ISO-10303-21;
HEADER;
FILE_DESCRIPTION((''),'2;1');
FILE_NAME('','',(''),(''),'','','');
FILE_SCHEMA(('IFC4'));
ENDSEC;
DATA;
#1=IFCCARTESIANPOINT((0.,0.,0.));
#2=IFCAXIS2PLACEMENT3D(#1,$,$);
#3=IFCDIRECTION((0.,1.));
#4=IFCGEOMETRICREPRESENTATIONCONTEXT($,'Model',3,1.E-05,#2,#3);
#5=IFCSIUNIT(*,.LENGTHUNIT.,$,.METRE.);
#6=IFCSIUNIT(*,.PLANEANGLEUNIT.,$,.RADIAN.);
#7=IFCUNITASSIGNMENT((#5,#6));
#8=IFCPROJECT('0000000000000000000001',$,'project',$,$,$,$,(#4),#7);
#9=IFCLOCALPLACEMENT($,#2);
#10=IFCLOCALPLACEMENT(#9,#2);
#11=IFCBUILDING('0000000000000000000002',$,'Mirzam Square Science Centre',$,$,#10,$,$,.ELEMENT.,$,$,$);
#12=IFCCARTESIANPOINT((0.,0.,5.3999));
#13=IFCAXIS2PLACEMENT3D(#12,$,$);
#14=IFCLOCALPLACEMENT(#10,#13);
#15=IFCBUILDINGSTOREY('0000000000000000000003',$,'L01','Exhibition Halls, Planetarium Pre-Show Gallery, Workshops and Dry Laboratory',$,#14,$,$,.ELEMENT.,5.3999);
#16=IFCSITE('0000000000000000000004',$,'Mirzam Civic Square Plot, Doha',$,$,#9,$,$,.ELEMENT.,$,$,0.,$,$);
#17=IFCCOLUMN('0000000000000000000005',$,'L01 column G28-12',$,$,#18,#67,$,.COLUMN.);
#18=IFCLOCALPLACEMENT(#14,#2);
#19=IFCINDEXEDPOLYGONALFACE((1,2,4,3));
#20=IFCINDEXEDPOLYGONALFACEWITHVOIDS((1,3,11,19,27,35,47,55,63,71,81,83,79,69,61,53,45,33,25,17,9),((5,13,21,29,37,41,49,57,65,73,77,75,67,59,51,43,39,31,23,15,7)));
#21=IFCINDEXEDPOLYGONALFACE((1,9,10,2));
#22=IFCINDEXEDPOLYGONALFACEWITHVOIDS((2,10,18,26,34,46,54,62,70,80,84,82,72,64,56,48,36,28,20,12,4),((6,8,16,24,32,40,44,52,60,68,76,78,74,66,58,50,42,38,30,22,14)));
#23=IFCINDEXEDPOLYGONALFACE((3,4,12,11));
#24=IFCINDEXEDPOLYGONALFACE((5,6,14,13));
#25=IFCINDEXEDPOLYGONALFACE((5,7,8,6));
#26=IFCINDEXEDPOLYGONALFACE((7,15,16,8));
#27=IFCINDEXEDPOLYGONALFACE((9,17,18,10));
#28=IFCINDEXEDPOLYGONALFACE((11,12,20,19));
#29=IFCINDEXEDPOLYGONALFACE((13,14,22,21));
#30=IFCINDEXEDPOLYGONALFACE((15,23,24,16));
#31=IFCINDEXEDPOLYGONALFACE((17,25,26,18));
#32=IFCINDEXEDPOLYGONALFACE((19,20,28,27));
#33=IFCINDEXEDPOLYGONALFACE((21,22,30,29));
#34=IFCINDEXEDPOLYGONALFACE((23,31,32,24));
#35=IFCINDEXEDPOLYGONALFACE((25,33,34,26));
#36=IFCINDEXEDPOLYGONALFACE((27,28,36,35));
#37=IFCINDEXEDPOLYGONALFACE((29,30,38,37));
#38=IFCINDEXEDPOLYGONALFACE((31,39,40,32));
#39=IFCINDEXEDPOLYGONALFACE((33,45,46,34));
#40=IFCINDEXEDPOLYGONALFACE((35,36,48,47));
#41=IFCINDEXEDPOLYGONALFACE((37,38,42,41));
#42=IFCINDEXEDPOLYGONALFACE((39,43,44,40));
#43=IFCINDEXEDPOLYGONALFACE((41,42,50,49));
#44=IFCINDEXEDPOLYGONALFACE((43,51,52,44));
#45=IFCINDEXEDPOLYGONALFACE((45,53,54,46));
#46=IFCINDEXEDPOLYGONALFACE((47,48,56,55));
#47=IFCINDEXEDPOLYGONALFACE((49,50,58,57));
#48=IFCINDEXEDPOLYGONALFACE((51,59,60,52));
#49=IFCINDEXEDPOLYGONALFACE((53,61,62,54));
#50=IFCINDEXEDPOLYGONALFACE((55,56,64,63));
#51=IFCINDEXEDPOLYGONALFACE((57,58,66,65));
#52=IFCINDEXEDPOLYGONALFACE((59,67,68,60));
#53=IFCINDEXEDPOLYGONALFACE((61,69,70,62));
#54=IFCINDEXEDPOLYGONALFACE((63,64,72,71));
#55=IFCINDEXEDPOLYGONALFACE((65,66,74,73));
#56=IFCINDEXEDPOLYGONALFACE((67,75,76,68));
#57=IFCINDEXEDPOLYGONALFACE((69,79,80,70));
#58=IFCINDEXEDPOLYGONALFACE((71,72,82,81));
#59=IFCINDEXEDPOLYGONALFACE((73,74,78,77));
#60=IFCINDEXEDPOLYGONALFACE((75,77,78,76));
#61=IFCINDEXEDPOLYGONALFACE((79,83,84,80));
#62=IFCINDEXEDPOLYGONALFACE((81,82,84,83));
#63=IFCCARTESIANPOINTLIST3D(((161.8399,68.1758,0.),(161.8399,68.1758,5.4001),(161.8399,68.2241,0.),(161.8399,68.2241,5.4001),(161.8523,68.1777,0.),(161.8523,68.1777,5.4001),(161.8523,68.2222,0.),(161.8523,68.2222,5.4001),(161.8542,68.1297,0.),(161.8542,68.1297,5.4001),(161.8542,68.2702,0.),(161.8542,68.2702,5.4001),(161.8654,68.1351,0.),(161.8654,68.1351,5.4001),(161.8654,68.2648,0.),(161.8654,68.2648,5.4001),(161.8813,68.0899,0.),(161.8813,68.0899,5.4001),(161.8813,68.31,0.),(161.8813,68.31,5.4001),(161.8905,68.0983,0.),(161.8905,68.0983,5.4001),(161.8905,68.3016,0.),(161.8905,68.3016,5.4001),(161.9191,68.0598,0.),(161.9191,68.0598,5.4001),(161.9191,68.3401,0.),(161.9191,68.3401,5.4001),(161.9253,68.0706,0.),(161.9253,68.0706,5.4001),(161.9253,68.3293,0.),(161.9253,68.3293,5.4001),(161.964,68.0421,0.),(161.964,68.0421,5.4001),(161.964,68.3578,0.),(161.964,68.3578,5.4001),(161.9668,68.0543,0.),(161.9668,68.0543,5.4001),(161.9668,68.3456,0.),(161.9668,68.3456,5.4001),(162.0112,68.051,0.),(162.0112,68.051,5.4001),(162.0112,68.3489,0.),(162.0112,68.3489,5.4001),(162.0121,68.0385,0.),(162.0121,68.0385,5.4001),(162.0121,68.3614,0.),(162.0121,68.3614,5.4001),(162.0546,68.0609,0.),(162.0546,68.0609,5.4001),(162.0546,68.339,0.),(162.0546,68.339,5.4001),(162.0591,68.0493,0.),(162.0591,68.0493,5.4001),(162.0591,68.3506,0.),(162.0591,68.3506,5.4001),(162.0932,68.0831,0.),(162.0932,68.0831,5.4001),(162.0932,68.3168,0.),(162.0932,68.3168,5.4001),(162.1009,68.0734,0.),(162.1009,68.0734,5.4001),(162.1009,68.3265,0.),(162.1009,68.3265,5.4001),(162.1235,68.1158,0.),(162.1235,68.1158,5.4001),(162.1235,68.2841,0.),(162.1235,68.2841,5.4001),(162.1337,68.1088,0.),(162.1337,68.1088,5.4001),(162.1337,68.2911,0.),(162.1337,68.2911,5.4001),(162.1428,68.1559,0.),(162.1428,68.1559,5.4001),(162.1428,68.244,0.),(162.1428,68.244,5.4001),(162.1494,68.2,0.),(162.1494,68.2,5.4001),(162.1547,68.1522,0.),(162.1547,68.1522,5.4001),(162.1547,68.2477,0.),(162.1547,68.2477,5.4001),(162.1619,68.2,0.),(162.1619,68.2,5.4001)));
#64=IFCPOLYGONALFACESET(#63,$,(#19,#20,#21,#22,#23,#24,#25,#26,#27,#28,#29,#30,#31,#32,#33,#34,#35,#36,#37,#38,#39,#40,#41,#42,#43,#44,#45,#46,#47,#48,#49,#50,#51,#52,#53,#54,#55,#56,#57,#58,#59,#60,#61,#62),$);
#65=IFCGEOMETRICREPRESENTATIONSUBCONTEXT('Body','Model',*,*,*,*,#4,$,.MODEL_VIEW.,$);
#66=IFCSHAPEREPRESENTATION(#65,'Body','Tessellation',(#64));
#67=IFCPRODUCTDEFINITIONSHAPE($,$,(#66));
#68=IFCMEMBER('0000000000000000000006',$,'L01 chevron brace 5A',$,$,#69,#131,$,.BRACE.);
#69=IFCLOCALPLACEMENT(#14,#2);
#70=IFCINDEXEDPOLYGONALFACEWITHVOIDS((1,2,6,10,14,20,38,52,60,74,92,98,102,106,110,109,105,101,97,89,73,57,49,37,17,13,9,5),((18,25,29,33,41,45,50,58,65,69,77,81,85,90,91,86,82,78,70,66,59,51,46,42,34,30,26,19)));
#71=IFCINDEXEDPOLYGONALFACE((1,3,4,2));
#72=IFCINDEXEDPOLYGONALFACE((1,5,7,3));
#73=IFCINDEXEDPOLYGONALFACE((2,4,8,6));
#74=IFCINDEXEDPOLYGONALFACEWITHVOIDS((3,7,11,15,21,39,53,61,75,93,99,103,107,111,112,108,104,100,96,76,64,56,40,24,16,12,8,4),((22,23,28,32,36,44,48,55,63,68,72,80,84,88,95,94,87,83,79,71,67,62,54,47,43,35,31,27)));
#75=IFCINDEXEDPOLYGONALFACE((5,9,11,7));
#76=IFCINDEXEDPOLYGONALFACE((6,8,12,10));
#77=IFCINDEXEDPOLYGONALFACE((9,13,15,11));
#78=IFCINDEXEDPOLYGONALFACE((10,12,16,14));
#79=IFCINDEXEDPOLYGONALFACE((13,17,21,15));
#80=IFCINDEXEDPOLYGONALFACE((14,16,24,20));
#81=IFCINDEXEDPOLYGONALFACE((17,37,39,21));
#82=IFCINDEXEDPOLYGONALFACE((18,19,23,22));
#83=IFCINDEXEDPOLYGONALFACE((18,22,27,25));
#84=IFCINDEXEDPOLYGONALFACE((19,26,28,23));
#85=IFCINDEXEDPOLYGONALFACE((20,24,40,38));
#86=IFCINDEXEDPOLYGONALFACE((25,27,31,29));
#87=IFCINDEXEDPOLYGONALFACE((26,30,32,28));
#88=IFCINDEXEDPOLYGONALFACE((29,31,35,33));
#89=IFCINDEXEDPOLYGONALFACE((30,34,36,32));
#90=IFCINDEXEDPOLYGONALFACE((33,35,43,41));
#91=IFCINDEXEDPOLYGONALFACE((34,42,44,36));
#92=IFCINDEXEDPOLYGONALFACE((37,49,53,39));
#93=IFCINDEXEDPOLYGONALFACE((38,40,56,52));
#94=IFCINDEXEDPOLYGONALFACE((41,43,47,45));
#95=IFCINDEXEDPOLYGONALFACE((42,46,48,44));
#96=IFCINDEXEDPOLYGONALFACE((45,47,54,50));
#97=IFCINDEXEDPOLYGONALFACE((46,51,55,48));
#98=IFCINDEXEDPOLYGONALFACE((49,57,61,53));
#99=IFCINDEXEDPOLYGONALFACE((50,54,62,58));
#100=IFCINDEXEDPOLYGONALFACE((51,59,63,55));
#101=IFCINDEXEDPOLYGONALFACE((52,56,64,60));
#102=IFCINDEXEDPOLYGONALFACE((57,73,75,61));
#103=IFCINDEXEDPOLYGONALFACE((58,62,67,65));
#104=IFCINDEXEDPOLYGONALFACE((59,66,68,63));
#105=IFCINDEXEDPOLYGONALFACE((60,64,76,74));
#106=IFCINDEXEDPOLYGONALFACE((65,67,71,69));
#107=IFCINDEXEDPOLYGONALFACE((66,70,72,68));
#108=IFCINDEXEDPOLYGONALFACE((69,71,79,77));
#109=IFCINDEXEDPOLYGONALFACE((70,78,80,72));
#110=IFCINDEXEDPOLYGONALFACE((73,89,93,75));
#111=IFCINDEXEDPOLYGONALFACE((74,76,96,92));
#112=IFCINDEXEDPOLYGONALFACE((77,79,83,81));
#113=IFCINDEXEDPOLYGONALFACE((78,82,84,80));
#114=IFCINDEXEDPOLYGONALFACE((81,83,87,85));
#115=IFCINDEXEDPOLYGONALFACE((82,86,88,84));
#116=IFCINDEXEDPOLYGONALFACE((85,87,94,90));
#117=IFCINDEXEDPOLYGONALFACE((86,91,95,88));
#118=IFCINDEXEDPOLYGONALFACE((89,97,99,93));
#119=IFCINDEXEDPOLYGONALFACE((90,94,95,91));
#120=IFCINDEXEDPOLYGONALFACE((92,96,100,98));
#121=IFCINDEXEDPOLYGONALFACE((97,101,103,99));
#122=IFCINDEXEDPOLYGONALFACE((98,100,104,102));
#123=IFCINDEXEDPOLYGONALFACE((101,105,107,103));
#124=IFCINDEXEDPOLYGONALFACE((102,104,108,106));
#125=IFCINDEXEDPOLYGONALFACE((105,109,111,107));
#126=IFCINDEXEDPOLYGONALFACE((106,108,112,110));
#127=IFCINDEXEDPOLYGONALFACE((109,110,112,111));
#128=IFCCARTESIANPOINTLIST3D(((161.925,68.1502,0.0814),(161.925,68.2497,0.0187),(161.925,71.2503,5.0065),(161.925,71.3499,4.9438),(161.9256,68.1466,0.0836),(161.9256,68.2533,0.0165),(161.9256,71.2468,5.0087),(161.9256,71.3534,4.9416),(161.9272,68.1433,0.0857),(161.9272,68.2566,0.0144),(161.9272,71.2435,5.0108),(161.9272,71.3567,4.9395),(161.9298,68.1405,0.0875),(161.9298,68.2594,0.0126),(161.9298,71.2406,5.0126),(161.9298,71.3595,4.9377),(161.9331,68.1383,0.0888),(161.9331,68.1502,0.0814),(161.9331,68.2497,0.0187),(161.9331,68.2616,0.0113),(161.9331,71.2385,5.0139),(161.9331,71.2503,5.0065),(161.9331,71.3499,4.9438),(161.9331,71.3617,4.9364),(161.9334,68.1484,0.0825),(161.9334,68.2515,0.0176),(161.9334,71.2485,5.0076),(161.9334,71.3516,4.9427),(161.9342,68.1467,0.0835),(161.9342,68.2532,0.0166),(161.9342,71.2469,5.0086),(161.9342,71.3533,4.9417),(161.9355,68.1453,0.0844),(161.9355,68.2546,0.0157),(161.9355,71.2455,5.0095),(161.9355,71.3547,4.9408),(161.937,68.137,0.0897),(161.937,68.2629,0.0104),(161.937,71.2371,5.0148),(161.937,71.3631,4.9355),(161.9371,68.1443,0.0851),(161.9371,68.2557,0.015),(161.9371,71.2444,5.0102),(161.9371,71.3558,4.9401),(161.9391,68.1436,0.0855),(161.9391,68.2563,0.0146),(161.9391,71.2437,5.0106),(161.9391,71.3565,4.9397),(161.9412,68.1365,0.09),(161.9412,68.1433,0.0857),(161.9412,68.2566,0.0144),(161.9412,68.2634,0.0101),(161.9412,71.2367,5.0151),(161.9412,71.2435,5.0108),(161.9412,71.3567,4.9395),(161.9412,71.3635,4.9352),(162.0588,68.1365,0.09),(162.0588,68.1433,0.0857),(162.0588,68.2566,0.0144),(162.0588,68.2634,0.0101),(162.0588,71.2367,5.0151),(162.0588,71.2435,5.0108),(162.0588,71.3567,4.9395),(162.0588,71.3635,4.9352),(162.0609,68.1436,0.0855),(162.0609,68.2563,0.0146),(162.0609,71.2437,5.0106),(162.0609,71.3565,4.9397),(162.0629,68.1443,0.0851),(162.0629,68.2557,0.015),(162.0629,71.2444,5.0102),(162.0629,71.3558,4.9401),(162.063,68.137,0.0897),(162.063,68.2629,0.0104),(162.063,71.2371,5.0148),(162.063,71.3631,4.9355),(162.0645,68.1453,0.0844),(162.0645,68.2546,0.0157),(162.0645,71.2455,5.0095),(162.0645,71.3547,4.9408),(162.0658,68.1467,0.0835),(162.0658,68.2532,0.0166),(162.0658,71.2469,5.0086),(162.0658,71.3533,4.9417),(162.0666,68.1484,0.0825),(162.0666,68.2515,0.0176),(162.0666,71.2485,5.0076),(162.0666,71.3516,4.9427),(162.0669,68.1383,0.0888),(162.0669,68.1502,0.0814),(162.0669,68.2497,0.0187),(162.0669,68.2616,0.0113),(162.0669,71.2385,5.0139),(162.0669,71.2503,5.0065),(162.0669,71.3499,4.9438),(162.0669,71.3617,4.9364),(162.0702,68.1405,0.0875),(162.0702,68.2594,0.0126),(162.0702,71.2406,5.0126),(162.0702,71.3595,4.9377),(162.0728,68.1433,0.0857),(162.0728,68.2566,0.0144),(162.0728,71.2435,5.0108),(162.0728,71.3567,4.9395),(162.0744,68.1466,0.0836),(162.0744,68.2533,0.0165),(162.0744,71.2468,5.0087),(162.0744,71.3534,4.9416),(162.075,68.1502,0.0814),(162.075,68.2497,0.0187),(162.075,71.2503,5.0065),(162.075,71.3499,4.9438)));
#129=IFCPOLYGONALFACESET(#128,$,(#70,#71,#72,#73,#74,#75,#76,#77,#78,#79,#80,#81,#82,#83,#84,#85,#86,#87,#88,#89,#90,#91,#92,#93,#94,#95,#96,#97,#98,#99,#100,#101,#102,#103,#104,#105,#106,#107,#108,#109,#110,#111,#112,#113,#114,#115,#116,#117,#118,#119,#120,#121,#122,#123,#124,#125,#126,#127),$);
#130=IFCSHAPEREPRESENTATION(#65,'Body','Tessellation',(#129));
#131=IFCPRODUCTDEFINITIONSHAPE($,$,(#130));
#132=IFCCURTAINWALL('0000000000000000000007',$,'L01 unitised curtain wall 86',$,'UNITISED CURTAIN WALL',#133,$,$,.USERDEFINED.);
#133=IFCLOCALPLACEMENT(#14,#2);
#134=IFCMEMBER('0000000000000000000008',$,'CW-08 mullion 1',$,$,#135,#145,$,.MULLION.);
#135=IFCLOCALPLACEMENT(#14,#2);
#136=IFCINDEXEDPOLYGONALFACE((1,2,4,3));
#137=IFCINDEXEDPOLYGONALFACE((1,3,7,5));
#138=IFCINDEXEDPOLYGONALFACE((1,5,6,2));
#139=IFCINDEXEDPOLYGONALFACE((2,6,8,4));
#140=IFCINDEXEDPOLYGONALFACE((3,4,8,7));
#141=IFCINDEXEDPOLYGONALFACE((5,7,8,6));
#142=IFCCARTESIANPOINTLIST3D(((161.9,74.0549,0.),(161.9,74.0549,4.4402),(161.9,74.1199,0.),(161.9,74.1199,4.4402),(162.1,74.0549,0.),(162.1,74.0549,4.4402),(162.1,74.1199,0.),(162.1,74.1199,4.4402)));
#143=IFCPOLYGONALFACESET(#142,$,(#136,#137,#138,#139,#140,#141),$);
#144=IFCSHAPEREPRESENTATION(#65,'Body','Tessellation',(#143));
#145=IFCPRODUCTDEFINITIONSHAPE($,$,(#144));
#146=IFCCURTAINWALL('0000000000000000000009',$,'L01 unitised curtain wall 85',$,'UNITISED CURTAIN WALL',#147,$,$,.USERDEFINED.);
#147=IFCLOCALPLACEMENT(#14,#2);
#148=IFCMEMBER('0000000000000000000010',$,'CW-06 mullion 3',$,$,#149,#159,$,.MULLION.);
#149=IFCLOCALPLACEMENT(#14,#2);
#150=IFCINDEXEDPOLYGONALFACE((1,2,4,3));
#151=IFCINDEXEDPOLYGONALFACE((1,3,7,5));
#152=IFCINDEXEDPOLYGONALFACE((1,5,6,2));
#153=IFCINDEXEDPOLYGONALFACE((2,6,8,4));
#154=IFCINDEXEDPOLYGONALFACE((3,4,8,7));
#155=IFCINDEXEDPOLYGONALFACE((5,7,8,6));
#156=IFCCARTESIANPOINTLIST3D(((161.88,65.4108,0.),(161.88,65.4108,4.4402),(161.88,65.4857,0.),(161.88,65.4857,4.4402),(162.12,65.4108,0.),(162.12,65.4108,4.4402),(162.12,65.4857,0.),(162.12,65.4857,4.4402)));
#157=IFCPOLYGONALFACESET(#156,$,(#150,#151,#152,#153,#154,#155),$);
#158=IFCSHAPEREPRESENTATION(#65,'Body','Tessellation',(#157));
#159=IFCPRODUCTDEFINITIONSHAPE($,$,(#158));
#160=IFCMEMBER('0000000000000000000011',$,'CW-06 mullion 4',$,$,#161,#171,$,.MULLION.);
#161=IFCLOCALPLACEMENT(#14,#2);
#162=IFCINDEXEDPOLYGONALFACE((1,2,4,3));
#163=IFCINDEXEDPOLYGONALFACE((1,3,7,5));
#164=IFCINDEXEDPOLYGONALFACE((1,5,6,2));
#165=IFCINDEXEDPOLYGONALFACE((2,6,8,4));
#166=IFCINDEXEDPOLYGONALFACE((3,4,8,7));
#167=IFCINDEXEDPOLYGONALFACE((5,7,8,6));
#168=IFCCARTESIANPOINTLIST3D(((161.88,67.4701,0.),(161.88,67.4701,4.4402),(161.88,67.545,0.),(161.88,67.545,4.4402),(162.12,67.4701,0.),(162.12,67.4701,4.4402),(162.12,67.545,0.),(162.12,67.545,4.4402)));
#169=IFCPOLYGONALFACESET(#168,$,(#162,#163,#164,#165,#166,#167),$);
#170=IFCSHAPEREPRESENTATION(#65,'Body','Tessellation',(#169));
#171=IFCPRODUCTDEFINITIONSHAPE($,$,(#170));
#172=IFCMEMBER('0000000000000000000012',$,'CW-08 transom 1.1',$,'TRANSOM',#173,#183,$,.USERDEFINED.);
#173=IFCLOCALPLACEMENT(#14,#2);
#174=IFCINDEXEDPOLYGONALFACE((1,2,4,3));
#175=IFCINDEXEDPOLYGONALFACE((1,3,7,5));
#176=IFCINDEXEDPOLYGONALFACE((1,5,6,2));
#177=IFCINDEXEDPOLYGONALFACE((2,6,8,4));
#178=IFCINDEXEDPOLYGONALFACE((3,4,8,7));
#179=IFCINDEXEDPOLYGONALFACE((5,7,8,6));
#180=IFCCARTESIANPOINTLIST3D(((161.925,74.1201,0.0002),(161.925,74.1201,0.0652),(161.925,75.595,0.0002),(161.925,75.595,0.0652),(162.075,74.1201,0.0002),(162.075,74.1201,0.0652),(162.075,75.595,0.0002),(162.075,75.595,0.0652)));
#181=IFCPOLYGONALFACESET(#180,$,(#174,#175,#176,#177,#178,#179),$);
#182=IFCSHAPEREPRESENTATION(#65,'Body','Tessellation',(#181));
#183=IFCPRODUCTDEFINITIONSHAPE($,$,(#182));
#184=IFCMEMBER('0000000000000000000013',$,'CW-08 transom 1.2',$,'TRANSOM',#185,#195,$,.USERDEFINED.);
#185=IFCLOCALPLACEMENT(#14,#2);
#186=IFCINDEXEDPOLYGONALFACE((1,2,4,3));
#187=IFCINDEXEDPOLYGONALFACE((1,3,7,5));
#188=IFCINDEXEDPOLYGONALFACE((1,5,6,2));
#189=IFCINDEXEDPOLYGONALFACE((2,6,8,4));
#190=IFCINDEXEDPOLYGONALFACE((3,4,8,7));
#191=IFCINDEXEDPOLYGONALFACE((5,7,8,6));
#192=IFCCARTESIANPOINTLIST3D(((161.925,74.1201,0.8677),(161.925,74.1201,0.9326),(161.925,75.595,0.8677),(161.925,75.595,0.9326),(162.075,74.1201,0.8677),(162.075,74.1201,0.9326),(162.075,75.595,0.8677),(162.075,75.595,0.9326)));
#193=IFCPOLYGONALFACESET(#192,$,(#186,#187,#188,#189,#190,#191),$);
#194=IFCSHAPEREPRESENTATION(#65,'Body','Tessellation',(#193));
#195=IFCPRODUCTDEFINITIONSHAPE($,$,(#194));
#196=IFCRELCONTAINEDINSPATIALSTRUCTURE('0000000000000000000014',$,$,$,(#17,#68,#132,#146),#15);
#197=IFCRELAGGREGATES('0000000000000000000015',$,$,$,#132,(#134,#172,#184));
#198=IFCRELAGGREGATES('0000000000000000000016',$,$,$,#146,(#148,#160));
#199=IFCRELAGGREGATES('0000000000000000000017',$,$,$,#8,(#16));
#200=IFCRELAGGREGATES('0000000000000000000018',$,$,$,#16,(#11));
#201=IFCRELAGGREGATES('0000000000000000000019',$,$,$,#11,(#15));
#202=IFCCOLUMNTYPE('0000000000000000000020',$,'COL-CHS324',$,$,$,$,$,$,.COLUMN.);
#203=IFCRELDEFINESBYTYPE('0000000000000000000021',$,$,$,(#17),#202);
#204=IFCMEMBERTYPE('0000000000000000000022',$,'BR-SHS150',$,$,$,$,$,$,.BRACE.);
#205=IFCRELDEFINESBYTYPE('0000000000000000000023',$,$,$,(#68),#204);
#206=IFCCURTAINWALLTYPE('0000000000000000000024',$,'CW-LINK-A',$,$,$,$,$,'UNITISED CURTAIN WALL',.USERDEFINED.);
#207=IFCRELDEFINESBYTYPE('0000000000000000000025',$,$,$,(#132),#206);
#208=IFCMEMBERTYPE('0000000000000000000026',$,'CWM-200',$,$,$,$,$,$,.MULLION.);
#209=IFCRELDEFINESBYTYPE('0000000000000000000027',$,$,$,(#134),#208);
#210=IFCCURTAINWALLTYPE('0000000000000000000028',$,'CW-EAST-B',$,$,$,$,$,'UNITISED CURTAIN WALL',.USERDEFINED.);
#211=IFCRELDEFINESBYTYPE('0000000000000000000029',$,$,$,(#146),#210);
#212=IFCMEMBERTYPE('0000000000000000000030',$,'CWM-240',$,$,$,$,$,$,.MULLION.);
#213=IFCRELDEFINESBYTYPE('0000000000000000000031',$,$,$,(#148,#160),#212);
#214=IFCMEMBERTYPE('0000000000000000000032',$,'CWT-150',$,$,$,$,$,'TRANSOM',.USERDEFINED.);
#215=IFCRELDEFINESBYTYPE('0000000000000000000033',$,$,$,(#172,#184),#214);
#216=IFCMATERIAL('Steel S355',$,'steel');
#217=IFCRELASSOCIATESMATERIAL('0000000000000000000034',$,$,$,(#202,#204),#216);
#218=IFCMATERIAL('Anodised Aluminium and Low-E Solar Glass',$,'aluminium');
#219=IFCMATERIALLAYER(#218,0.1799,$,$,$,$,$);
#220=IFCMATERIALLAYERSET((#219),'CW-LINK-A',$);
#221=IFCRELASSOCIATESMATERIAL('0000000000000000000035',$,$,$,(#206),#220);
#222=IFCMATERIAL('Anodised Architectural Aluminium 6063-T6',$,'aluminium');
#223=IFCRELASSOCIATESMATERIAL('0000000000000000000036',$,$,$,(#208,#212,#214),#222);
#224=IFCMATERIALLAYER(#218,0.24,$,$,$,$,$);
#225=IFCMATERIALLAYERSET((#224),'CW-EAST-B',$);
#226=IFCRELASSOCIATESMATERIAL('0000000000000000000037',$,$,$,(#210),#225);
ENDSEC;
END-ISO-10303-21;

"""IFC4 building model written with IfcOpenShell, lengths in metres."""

from ifc_helpers import new_model, si_unit, direction, frame, origin, origin_2d, place, context, subcontext, project, spatial, rectangle, hollow_rectangle, hollow_circle, extrude, material, layer, layer_set, material_profile, profile_set, type_object, element, aggregate, save


model = new_model("IFC4")

# Units and contexts
model_context = context("Model", 3, precision=1e-05, world=origin(), true_north=direction((0.0, 1.0)))
body_context = subcontext(model_context, "Body", "Model", "MODEL_VIEW")
ifc_project = project(units=[si_unit("LENGTHUNIT", "METRE"), si_unit("PLANEANGLEUNIT", "RADIAN")], contexts=[model_context])

# Site, building, storey
site_placement = place(None, origin())
site = spatial("IfcSite", under=ifc_project, at=site_placement, Name="Mirzam Civic Square Plot, Doha", CompositionType="ELEMENT", RefElevation=0.0)
building_placement = place(site_placement, origin())
building = spatial("IfcBuilding", under=site, at=building_placement, Name="Mirzam Square Science Centre", CompositionType="ELEMENT")
storey_placement = place(building_placement, frame((0.0, 0.0, 5.3999)))
storey = spatial("IfcBuildingStorey", under=building, at=storey_placement, Name="L01", Description="Exhibition Halls, Planetarium Pre-Show Gallery, Workshops and Dry Laboratory", CompositionType="ELEMENT", Elevation=5.3999)

# Column
ifc_material_1 = material(Name="Steel S355", Category="steel")
ifc_material_profile_1 = material_profile(ifc_material_1, hollow_circle(Radius=0.1619, WallThickness=0.0125, at=origin_2d()), Name="323.9x12.5CHS")
ifc_profile_set_1 = profile_set([ifc_material_profile_1], Name="Steel S355")
column_type = type_object("IfcColumnType", Name="COL-CHS324", PredefinedType="COLUMN", material=ifc_profile_set_1)
column_placement = place(storey_placement, frame((162.0, 68.2, 0.0), z_axis=(0.0, 0.0, 1.0), x_axis=(1.0, 0.0, 0.0)))
element("IfcColumn", 1, at=column_placement, inside=storey, type_object=column_type, Name="L01 column G28-12", PredefinedType="COLUMN", context=body_context, shape_type="SweptSolid", body=[
    extrude(hollow_circle(Radius=0.1619, WallThickness=0.0125, at=origin_2d()), origin(), (0.0, 0.0, 1.0), 5.4001),
])

# Member
ifc_material_profile_2 = material_profile(ifc_material_1, hollow_rectangle(XDim=0.1499, YDim=0.1499, WallThickness=0.0081, InnerFilletRadius=0.0081, OuterFilletRadius=0.0161, at=origin_2d()), Name="150x150x8.0SHS")
ifc_profile_set_2 = profile_set([ifc_material_profile_2], Name="Steel S355")
member_type_1 = type_object("IfcMemberType", Name="BR-SHS150", PredefinedType="BRACE", material=ifc_profile_set_2)
member_1_placement = place(storey_placement, frame((162.0, 68.2, 0.05), z_axis=(0.0, 0.532708, 0.846299), x_axis=(-1.0, 0.0, 0.0)))
element("IfcMember", 2, at=member_1_placement, inside=storey, type_object=member_type_1, Name="L01 chevron brace 5A", PredefinedType="BRACE", context=body_context, shape_type="SweptSolid", body=[
    extrude(hollow_rectangle(XDim=0.1499, YDim=0.1499, WallThickness=0.0081, InnerFilletRadius=0.0081, OuterFilletRadius=0.0161, at=origin_2d()), origin(), (0.0, 0.0, 1.0), 5.8196),
])

# Curtain wall, member
ifc_material_2 = material(Name="Anodised Aluminium and Low-E Solar Glass", Category="aluminium")
ifc_layer_1 = layer(ifc_material_2, 0.1799)
ifc_layer_set_1 = layer_set([ifc_layer_1], Name="CW-LINK-A")
curtain_wall_type_1 = type_object("IfcCurtainWallType", Name="CW-LINK-A", ElementType="UNITISED CURTAIN WALL", PredefinedType="USERDEFINED", material=ifc_layer_set_1)
curtain_wall_1_placement = place(storey_placement, origin())
curtain_wall_1 = element("IfcCurtainWall", 3, at=curtain_wall_1_placement, inside=storey, type_object=curtain_wall_type_1, Name="L01 unitised curtain wall 86", ObjectType="UNITISED CURTAIN WALL", PredefinedType="USERDEFINED")
ifc_material_3 = material(Name="Anodised Architectural Aluminium 6063-T6", Category="aluminium")
ifc_material_profile_3 = material_profile(ifc_material_3, rectangle(XDim=0.0649, YDim=0.2, at=origin_2d()), Name="ALU-MULL-200x65x5")
ifc_profile_set_3 = profile_set([ifc_material_profile_3], Name="Anodised Architectural Aluminium 6063-T6")
member_type_2 = type_object("IfcMemberType", Name="CWM-200", PredefinedType="MULLION", material=ifc_profile_set_3)
member_2_placement = place(storey_placement, frame((162.0, 74.0874, 0.0), z_axis=(0.0, 0.0, 1.0), x_axis=(0.0, 1.0, 0.0)))
member_2 = element("IfcMember", 4, at=member_2_placement, type_object=member_type_2, Name="CW-08 mullion 1", PredefinedType="MULLION", context=body_context, shape_type="SweptSolid", body=[
    extrude(rectangle(XDim=0.0649, YDim=0.2, at=origin_2d()), origin(), (0.0, 0.0, 1.0), 4.4402),
])

# Curtain wall, members
ifc_layer_2 = layer(ifc_material_2, 0.24)
ifc_layer_set_2 = layer_set([ifc_layer_2], Name="CW-EAST-B")
curtain_wall_type_2 = type_object("IfcCurtainWallType", Name="CW-EAST-B", ElementType="UNITISED CURTAIN WALL", PredefinedType="USERDEFINED", material=ifc_layer_set_2)
curtain_wall_2_placement = place(storey_placement, origin())
curtain_wall_2 = element("IfcCurtainWall", 5, at=curtain_wall_2_placement, inside=storey, type_object=curtain_wall_type_2, Name="L01 unitised curtain wall 85", ObjectType="UNITISED CURTAIN WALL", PredefinedType="USERDEFINED")
ifc_material_profile_4 = material_profile(ifc_material_3, rectangle(XDim=0.075, YDim=0.24, at=origin_2d()), Name="ALU-MULL-240x75x5")
ifc_profile_set_4 = profile_set([ifc_material_profile_4], Name="Anodised Architectural Aluminium 6063-T6")
member_type_3 = type_object("IfcMemberType", Name="CWM-240", PredefinedType="MULLION", material=ifc_profile_set_4)
member_3_placement = place(storey_placement, frame((162.0, 65.4482, 0.0), z_axis=(0.0, 0.0, 1.0), x_axis=(0.0, 1.0, 0.0)))
member_3 = element("IfcMember", 6, at=member_3_placement, type_object=member_type_3, Name="CW-06 mullion 3", PredefinedType="MULLION", context=body_context, shape_type="SweptSolid", body=[
    extrude(rectangle(XDim=0.075, YDim=0.24, at=origin_2d()), origin(), (0.0, 0.0, 1.0), 4.4402),
])
member_4_placement = place(storey_placement, frame((162.0, 67.5076, 0.0), z_axis=(0.0, 0.0, 1.0), x_axis=(0.0, 1.0, 0.0)))
member_4 = element("IfcMember", 7, at=member_4_placement, type_object=member_type_3, Name="CW-06 mullion 4", PredefinedType="MULLION", context=body_context, shape_type="SweptSolid", body=[
    extrude(rectangle(XDim=0.075, YDim=0.24, at=origin_2d()), origin(), (0.0, 0.0, 1.0), 4.4402),
])

# Members
ifc_material_profile_5 = material_profile(ifc_material_3, rectangle(XDim=0.1499, YDim=0.0649, at=origin_2d()), Name="ALU-TRAN-150x65x4")
ifc_profile_set_5 = profile_set([ifc_material_profile_5], Name="Anodised Architectural Aluminium 6063-T6")
member_type_4 = type_object("IfcMemberType", Name="CWT-150", ElementType="TRANSOM", PredefinedType="USERDEFINED", material=ifc_profile_set_5)
member_5_placement = place(storey_placement, frame((162.0, 74.1201, 0.0327), z_axis=(0.0, 1.0, 0.0), x_axis=(-1.0, 0.0, 0.0)))
member_5 = element("IfcMember", 8, at=member_5_placement, type_object=member_type_4, Name="CW-08 transom 1.1", ObjectType="TRANSOM", PredefinedType="USERDEFINED", context=body_context, shape_type="SweptSolid", body=[
    extrude(rectangle(XDim=0.1499, YDim=0.0649, at=origin_2d()), origin(), (0.0, 0.0, 1.0), 1.4749),
])
member_6_placement = place(storey_placement, frame((162.0, 74.1201, 0.9001), z_axis=(0.0, 1.0, 0.0), x_axis=(-1.0, 0.0, 0.0)))
member_6 = element("IfcMember", 9, at=member_6_placement, type_object=member_type_4, Name="CW-08 transom 1.2", ObjectType="TRANSOM", PredefinedType="USERDEFINED", context=body_context, shape_type="SweptSolid", body=[
    extrude(rectangle(XDim=0.1499, YDim=0.0649, at=origin_2d()), origin(), (0.0, 0.0, 1.0), 1.4749),
])
aggregate(curtain_wall_1, [member_2, member_5, member_6])

aggregate(curtain_wall_2, [member_3, member_4])

save(model, "model.ifc")
